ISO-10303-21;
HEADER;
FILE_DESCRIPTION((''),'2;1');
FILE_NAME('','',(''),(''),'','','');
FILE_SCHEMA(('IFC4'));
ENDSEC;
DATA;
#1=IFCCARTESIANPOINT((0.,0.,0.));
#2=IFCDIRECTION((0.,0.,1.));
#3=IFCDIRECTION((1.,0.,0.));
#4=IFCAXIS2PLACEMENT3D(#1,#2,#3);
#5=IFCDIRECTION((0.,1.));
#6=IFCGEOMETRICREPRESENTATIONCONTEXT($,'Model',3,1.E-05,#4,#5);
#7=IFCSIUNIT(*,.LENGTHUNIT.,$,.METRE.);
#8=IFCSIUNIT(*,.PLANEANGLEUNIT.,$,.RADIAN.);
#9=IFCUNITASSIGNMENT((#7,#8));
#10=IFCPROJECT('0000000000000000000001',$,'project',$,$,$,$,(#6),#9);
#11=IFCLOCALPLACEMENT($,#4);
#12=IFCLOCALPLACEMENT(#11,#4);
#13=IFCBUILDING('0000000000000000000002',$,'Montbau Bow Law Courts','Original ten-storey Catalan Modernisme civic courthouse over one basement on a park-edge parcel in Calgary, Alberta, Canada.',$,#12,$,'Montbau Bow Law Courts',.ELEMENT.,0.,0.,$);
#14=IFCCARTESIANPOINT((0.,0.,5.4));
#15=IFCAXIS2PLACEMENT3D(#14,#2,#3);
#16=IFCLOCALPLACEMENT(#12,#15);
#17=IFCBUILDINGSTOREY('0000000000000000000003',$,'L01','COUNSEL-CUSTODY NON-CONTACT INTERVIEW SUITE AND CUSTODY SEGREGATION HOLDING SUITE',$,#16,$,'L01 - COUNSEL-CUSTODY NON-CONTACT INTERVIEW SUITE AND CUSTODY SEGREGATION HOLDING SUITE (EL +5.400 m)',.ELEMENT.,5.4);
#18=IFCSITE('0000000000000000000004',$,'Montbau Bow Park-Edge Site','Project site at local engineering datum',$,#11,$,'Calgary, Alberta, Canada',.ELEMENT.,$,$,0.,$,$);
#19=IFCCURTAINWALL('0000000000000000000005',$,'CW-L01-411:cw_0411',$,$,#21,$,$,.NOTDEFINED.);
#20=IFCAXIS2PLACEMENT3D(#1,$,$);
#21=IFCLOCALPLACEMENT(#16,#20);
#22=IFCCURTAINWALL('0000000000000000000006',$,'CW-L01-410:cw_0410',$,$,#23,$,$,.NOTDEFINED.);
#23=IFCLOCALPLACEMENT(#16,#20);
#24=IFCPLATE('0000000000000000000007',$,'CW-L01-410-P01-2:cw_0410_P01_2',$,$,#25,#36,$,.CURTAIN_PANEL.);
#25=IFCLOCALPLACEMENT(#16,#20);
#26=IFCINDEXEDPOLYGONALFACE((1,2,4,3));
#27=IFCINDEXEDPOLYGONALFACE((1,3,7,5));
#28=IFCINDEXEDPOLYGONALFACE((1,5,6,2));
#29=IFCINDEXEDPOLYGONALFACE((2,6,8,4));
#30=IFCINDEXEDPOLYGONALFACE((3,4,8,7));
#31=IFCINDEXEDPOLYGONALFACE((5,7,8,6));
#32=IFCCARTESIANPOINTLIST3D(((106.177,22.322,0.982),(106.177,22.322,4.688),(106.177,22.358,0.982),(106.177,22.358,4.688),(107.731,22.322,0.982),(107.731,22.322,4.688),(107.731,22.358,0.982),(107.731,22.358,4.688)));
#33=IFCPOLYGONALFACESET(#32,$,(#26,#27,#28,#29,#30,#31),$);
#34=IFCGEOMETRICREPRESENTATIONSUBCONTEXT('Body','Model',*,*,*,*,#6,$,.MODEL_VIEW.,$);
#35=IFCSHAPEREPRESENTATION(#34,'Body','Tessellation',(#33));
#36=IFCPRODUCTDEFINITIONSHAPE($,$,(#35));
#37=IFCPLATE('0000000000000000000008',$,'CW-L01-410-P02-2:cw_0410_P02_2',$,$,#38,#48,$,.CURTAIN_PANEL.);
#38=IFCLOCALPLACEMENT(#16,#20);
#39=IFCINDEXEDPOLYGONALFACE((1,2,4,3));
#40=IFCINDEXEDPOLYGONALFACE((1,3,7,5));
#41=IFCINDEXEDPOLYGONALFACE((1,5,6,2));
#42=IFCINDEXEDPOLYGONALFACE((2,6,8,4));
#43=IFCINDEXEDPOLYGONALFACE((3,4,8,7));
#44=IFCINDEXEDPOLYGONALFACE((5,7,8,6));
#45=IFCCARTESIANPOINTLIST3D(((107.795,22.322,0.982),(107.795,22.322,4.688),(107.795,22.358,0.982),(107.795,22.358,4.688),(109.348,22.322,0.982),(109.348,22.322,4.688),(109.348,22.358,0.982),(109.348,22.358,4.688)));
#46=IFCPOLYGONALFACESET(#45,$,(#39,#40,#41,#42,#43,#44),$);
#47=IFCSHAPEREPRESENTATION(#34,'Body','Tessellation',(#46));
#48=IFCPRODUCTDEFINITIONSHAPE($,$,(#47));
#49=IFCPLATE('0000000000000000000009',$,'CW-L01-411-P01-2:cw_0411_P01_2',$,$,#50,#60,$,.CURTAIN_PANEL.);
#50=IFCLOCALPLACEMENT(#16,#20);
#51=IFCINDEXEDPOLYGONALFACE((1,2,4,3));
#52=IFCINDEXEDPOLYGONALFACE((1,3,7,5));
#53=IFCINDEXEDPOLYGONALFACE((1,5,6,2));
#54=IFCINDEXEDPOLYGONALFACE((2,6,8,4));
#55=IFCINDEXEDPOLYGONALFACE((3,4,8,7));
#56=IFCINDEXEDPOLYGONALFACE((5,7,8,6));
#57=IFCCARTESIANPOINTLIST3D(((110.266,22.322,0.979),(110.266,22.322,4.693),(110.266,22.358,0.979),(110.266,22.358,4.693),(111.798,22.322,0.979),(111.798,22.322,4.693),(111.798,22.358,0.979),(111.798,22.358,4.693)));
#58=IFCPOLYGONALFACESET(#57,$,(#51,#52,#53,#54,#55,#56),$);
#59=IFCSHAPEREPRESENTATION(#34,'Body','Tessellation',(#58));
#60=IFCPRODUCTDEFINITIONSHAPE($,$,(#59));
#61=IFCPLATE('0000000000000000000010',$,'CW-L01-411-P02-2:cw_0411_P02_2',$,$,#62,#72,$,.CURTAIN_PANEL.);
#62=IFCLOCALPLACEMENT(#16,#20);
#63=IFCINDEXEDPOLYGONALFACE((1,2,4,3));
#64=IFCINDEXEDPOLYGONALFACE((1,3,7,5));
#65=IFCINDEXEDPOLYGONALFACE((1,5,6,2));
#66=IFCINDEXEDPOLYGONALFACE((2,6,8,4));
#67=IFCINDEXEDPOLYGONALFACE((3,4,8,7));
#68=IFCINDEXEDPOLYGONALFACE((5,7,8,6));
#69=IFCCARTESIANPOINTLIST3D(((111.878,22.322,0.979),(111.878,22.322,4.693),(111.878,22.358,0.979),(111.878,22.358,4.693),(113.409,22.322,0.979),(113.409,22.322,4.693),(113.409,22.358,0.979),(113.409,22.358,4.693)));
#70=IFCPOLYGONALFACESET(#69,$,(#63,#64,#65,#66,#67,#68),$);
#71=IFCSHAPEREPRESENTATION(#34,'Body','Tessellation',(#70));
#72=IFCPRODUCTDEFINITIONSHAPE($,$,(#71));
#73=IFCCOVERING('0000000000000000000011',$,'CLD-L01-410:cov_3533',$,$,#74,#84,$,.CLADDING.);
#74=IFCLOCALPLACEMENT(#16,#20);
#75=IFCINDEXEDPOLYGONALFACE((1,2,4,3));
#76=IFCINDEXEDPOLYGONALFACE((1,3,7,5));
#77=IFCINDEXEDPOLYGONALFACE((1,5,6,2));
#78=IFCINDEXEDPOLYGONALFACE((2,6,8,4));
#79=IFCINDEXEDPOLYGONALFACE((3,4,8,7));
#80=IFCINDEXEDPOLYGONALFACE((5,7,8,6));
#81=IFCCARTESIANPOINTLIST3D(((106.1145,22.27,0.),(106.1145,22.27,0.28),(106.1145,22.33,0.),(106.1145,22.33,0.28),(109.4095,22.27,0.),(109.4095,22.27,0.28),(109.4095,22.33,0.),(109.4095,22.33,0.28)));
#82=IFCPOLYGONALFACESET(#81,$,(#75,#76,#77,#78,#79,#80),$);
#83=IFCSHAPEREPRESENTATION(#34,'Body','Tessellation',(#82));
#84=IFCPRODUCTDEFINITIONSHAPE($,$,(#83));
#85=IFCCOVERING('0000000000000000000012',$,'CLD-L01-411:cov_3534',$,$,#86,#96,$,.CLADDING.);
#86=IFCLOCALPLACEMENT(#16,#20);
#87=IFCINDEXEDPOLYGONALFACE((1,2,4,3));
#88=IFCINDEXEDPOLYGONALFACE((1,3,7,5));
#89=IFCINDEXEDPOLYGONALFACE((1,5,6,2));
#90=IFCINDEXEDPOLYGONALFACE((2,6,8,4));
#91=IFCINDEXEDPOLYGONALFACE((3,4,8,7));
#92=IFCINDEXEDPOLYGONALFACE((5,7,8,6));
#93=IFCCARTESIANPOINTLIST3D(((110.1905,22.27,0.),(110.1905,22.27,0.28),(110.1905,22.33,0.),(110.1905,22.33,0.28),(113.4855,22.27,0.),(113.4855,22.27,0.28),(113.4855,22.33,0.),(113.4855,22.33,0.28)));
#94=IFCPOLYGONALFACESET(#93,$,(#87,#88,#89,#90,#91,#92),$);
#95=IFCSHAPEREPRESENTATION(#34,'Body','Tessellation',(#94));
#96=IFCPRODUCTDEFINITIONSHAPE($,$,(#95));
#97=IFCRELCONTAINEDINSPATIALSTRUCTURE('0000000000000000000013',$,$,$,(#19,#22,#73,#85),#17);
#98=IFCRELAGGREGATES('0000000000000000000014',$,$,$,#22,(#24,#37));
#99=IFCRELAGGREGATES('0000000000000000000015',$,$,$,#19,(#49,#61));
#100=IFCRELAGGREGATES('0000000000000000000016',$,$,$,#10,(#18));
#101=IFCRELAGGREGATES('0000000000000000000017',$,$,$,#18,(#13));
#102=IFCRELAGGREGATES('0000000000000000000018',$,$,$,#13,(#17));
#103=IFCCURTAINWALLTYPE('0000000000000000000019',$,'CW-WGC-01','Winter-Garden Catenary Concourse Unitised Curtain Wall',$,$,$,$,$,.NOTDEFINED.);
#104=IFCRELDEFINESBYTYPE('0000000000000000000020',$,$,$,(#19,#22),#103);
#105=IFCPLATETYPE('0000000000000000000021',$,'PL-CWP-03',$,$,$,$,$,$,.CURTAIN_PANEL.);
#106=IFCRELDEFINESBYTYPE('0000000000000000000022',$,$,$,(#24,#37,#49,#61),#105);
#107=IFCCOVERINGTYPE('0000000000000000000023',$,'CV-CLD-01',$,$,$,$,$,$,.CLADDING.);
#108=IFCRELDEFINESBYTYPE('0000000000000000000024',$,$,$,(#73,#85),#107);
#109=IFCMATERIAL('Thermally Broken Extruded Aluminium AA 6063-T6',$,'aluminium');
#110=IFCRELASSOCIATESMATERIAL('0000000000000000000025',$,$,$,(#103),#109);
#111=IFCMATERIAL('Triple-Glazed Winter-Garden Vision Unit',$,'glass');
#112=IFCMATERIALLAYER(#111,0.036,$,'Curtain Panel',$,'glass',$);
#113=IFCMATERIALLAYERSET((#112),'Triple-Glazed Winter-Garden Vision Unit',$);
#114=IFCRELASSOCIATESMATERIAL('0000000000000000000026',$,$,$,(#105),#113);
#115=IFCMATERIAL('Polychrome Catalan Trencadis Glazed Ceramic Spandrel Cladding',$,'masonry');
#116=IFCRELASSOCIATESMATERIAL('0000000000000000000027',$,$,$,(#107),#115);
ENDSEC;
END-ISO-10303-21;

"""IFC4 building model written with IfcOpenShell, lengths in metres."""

from ifc_helpers import new_model, si_unit, direction, frame, frame_2d, origin_with_axes, origin_2d_with_axis, place, context, subcontext, project, spatial, rectangle, extrude, material, layer, layer_set, type_object, element, aggregate, save


model = new_model("IFC4")

# Units and contexts
model_context = context("Model", 3, precision=1e-05, world=origin_with_axes(), true_north=direction((0.0, 1.0)))
body_context = subcontext(model_context, "Body", "Model", "MODEL_VIEW")
ifc_project = project(units=[si_unit("LENGTHUNIT", "METRE"), si_unit("PLANEANGLEUNIT", "RADIAN")], contexts=[model_context])

# Site, building, storey
site_placement = place(None, origin_with_axes())
site = spatial("IfcSite", under=ifc_project, at=site_placement, Name="Montbau Bow Park-Edge Site", Description="Project site at local engineering datum", LongName="Calgary, Alberta, Canada", CompositionType="ELEMENT", RefElevation=0.0)
building_placement = place(site_placement, origin_with_axes())
building = spatial("IfcBuilding", under=site, at=building_placement, Name="Montbau Bow Law Courts", Description="Original ten-storey Catalan Modernisme civic courthouse over one basement on a park-edge parcel in Calgary, Alberta, Canada.", LongName="Montbau Bow Law Courts", CompositionType="ELEMENT", ElevationOfRefHeight=0.0, ElevationOfTerrain=0.0)
storey_placement = place(building_placement, frame((0.0, 0.0, 5.4), z_axis=(0.0, 0.0, 1.0), x_axis=(1.0, 0.0, 0.0)))
storey = spatial("IfcBuildingStorey", under=building, at=storey_placement, Name="L01", Description="COUNSEL-CUSTODY NON-CONTACT INTERVIEW SUITE AND CUSTODY SEGREGATION HOLDING SUITE", LongName="L01 - COUNSEL-CUSTODY NON-CONTACT INTERVIEW SUITE AND CUSTODY SEGREGATION HOLDING SUITE (EL +5.400 m)", CompositionType="ELEMENT", Elevation=5.4)

# Curtain wall
ifc_material_1 = material(Name="Thermally Broken Extruded Aluminium AA 6063-T6", Category="aluminium")
curtain_wall_type_1 = type_object("IfcCurtainWallType", Name="CW-WGC-01", Description="Winter-Garden Catenary Concourse Unitised Curtain Wall", PredefinedType="NOTDEFINED", material=ifc_material_1)
curtain_wall_1_placement = place(None, frame((110.19, 22.34, 5.4), z_axis=(0.0, 0.0, 1.0), x_axis=(1.0, 0.0, 0.0)))
curtain_wall_1 = element("IfcCurtainWall", 1, at=curtain_wall_1_placement, inside=storey, type_object=curtain_wall_type_1, Name="CW-L01-411:cw_0411", PredefinedType="NOTDEFINED")

# Curtain wall
curtain_wall_2_placement = place(None, frame((106.115, 22.34, 5.4), z_axis=(0.0, 0.0, 1.0), x_axis=(1.0, 0.0, 0.0)))
curtain_wall_2 = element("IfcCurtainWall", 2, at=curtain_wall_2_placement, inside=storey, type_object=curtain_wall_type_1, Name="CW-L01-410:cw_0410", PredefinedType="NOTDEFINED")

# Plates
ifc_material_2 = material(Name="Triple-Glazed Winter-Garden Vision Unit", Category="glass")
ifc_layer_1 = layer(ifc_material_2, 0.036, Name="Curtain Panel", Category="glass")
ifc_layer_set_1 = layer_set([ifc_layer_1], Name="Triple-Glazed Winter-Garden Vision Unit")
plate_type_1 = type_object("IfcPlateType", Name="PL-CWP-03", PredefinedType="CURTAIN_PANEL", material=ifc_layer_set_1)
plate_1_placement = place(None, frame((106.177, 22.34, 6.382), z_axis=(0.0, -1.0, 0.0), x_axis=(1.0, 0.0, 0.0)))
plate_1 = element("IfcPlate", 3, at=plate_1_placement, type_object=plate_type_1, Name="CW-L01-410-P01-2:cw_0410_P01_2", PredefinedType="CURTAIN_PANEL", context=body_context, shape_type="SweptSolid", body=[
    extrude(rectangle(XDim=1.554, YDim=3.706, at=frame_2d((0.777, 1.853), x_axis=(1.0, 0.0))), frame((0.0, 0.0, -0.018), z_axis=(0.0, 0.0, 1.0), x_axis=(1.0, 0.0, 0.0)), (0.0, 0.0, 1.0), 0.036),
])
plate_2_placement = place(None, frame((107.795, 22.34, 6.382), z_axis=(0.0, -1.0, 0.0), x_axis=(1.0, 0.0, 0.0)))
plate_2 = element("IfcPlate", 4, at=plate_2_placement, type_object=plate_type_1, Name="CW-L01-410-P02-2:cw_0410_P02_2", PredefinedType="CURTAIN_PANEL", context=body_context, shape_type="SweptSolid", body=[
    extrude(rectangle(XDim=1.553, YDim=3.706, at=frame_2d((0.7765, 1.853), x_axis=(1.0, 0.0))), frame((0.0, 0.0, -0.018), z_axis=(0.0, 0.0, 1.0), x_axis=(1.0, 0.0, 0.0)), (0.0, 0.0, 1.0), 0.036),
])
aggregate(curtain_wall_2, [plate_1, plate_2])
plate_3_placement = place(None, frame((110.266, 22.34, 6.379), z_axis=(0.0, -1.0, 0.0), x_axis=(1.0, 0.0, 0.0)))
plate_3 = element("IfcPlate", 5, at=plate_3_placement, type_object=plate_type_1, Name="CW-L01-411-P01-2:cw_0411_P01_2", PredefinedType="CURTAIN_PANEL", context=body_context, shape_type="SweptSolid", body=[
    extrude(rectangle(XDim=1.532, YDim=3.714, at=frame_2d((0.766, 1.857), x_axis=(1.0, 0.0))), frame((0.0, 0.0, -0.018), z_axis=(0.0, 0.0, 1.0), x_axis=(1.0, 0.0, 0.0)), (0.0, 0.0, 1.0), 0.036),
])
plate_4_placement = place(None, frame((111.878, 22.34, 6.379), z_axis=(0.0, -1.0, 0.0), x_axis=(1.0, 0.0, 0.0)))
plate_4 = element("IfcPlate", 6, at=plate_4_placement, type_object=plate_type_1, Name="CW-L01-411-P02-2:cw_0411_P02_2", PredefinedType="CURTAIN_PANEL", context=body_context, shape_type="SweptSolid", body=[
    extrude(rectangle(XDim=1.531, YDim=3.714, at=frame_2d((0.7655, 1.857), x_axis=(1.0, 0.0))), frame((0.0, 0.0, -0.018), z_axis=(0.0, 0.0, 1.0), x_axis=(1.0, 0.0, 0.0)), (0.0, 0.0, 1.0), 0.036),
])
aggregate(curtain_wall_1, [plate_3, plate_4])

# Coverings
ifc_material_3 = material(Name="Polychrome Catalan Trencadis Glazed Ceramic Spandrel Cladding", Category="masonry")
covering_type = type_object("IfcCoveringType", Name="CV-CLD-01", PredefinedType="CLADDING", material=ifc_material_3)
for number, where, z_axis, x_axis, name in (
    (7, (107.762, 22.3, 5.4), (0.0, 0.0, 1.0), (1.0, 0.0, 0.0), "CLD-L01-410:cov_3533"),
    (8, (111.838, 22.3, 5.4), (0.0, 0.0, 1.0), (1.0, 0.0, 0.0), "CLD-L01-411:cov_3534"),
):
    element("IfcCovering", number, at=place(None, frame(where, z_axis=z_axis, x_axis=x_axis)), inside=storey, type_object=covering_type, Name=name, PredefinedType="CLADDING", context=body_context, shape_type="SweptSolid", body=[
        extrude(rectangle(XDim=3.295, YDim=0.06, at=origin_2d_with_axis()), origin_with_axes(), (0.0, 0.0, 1.0), 0.28),
    ])

save(model, "model.ifc")
